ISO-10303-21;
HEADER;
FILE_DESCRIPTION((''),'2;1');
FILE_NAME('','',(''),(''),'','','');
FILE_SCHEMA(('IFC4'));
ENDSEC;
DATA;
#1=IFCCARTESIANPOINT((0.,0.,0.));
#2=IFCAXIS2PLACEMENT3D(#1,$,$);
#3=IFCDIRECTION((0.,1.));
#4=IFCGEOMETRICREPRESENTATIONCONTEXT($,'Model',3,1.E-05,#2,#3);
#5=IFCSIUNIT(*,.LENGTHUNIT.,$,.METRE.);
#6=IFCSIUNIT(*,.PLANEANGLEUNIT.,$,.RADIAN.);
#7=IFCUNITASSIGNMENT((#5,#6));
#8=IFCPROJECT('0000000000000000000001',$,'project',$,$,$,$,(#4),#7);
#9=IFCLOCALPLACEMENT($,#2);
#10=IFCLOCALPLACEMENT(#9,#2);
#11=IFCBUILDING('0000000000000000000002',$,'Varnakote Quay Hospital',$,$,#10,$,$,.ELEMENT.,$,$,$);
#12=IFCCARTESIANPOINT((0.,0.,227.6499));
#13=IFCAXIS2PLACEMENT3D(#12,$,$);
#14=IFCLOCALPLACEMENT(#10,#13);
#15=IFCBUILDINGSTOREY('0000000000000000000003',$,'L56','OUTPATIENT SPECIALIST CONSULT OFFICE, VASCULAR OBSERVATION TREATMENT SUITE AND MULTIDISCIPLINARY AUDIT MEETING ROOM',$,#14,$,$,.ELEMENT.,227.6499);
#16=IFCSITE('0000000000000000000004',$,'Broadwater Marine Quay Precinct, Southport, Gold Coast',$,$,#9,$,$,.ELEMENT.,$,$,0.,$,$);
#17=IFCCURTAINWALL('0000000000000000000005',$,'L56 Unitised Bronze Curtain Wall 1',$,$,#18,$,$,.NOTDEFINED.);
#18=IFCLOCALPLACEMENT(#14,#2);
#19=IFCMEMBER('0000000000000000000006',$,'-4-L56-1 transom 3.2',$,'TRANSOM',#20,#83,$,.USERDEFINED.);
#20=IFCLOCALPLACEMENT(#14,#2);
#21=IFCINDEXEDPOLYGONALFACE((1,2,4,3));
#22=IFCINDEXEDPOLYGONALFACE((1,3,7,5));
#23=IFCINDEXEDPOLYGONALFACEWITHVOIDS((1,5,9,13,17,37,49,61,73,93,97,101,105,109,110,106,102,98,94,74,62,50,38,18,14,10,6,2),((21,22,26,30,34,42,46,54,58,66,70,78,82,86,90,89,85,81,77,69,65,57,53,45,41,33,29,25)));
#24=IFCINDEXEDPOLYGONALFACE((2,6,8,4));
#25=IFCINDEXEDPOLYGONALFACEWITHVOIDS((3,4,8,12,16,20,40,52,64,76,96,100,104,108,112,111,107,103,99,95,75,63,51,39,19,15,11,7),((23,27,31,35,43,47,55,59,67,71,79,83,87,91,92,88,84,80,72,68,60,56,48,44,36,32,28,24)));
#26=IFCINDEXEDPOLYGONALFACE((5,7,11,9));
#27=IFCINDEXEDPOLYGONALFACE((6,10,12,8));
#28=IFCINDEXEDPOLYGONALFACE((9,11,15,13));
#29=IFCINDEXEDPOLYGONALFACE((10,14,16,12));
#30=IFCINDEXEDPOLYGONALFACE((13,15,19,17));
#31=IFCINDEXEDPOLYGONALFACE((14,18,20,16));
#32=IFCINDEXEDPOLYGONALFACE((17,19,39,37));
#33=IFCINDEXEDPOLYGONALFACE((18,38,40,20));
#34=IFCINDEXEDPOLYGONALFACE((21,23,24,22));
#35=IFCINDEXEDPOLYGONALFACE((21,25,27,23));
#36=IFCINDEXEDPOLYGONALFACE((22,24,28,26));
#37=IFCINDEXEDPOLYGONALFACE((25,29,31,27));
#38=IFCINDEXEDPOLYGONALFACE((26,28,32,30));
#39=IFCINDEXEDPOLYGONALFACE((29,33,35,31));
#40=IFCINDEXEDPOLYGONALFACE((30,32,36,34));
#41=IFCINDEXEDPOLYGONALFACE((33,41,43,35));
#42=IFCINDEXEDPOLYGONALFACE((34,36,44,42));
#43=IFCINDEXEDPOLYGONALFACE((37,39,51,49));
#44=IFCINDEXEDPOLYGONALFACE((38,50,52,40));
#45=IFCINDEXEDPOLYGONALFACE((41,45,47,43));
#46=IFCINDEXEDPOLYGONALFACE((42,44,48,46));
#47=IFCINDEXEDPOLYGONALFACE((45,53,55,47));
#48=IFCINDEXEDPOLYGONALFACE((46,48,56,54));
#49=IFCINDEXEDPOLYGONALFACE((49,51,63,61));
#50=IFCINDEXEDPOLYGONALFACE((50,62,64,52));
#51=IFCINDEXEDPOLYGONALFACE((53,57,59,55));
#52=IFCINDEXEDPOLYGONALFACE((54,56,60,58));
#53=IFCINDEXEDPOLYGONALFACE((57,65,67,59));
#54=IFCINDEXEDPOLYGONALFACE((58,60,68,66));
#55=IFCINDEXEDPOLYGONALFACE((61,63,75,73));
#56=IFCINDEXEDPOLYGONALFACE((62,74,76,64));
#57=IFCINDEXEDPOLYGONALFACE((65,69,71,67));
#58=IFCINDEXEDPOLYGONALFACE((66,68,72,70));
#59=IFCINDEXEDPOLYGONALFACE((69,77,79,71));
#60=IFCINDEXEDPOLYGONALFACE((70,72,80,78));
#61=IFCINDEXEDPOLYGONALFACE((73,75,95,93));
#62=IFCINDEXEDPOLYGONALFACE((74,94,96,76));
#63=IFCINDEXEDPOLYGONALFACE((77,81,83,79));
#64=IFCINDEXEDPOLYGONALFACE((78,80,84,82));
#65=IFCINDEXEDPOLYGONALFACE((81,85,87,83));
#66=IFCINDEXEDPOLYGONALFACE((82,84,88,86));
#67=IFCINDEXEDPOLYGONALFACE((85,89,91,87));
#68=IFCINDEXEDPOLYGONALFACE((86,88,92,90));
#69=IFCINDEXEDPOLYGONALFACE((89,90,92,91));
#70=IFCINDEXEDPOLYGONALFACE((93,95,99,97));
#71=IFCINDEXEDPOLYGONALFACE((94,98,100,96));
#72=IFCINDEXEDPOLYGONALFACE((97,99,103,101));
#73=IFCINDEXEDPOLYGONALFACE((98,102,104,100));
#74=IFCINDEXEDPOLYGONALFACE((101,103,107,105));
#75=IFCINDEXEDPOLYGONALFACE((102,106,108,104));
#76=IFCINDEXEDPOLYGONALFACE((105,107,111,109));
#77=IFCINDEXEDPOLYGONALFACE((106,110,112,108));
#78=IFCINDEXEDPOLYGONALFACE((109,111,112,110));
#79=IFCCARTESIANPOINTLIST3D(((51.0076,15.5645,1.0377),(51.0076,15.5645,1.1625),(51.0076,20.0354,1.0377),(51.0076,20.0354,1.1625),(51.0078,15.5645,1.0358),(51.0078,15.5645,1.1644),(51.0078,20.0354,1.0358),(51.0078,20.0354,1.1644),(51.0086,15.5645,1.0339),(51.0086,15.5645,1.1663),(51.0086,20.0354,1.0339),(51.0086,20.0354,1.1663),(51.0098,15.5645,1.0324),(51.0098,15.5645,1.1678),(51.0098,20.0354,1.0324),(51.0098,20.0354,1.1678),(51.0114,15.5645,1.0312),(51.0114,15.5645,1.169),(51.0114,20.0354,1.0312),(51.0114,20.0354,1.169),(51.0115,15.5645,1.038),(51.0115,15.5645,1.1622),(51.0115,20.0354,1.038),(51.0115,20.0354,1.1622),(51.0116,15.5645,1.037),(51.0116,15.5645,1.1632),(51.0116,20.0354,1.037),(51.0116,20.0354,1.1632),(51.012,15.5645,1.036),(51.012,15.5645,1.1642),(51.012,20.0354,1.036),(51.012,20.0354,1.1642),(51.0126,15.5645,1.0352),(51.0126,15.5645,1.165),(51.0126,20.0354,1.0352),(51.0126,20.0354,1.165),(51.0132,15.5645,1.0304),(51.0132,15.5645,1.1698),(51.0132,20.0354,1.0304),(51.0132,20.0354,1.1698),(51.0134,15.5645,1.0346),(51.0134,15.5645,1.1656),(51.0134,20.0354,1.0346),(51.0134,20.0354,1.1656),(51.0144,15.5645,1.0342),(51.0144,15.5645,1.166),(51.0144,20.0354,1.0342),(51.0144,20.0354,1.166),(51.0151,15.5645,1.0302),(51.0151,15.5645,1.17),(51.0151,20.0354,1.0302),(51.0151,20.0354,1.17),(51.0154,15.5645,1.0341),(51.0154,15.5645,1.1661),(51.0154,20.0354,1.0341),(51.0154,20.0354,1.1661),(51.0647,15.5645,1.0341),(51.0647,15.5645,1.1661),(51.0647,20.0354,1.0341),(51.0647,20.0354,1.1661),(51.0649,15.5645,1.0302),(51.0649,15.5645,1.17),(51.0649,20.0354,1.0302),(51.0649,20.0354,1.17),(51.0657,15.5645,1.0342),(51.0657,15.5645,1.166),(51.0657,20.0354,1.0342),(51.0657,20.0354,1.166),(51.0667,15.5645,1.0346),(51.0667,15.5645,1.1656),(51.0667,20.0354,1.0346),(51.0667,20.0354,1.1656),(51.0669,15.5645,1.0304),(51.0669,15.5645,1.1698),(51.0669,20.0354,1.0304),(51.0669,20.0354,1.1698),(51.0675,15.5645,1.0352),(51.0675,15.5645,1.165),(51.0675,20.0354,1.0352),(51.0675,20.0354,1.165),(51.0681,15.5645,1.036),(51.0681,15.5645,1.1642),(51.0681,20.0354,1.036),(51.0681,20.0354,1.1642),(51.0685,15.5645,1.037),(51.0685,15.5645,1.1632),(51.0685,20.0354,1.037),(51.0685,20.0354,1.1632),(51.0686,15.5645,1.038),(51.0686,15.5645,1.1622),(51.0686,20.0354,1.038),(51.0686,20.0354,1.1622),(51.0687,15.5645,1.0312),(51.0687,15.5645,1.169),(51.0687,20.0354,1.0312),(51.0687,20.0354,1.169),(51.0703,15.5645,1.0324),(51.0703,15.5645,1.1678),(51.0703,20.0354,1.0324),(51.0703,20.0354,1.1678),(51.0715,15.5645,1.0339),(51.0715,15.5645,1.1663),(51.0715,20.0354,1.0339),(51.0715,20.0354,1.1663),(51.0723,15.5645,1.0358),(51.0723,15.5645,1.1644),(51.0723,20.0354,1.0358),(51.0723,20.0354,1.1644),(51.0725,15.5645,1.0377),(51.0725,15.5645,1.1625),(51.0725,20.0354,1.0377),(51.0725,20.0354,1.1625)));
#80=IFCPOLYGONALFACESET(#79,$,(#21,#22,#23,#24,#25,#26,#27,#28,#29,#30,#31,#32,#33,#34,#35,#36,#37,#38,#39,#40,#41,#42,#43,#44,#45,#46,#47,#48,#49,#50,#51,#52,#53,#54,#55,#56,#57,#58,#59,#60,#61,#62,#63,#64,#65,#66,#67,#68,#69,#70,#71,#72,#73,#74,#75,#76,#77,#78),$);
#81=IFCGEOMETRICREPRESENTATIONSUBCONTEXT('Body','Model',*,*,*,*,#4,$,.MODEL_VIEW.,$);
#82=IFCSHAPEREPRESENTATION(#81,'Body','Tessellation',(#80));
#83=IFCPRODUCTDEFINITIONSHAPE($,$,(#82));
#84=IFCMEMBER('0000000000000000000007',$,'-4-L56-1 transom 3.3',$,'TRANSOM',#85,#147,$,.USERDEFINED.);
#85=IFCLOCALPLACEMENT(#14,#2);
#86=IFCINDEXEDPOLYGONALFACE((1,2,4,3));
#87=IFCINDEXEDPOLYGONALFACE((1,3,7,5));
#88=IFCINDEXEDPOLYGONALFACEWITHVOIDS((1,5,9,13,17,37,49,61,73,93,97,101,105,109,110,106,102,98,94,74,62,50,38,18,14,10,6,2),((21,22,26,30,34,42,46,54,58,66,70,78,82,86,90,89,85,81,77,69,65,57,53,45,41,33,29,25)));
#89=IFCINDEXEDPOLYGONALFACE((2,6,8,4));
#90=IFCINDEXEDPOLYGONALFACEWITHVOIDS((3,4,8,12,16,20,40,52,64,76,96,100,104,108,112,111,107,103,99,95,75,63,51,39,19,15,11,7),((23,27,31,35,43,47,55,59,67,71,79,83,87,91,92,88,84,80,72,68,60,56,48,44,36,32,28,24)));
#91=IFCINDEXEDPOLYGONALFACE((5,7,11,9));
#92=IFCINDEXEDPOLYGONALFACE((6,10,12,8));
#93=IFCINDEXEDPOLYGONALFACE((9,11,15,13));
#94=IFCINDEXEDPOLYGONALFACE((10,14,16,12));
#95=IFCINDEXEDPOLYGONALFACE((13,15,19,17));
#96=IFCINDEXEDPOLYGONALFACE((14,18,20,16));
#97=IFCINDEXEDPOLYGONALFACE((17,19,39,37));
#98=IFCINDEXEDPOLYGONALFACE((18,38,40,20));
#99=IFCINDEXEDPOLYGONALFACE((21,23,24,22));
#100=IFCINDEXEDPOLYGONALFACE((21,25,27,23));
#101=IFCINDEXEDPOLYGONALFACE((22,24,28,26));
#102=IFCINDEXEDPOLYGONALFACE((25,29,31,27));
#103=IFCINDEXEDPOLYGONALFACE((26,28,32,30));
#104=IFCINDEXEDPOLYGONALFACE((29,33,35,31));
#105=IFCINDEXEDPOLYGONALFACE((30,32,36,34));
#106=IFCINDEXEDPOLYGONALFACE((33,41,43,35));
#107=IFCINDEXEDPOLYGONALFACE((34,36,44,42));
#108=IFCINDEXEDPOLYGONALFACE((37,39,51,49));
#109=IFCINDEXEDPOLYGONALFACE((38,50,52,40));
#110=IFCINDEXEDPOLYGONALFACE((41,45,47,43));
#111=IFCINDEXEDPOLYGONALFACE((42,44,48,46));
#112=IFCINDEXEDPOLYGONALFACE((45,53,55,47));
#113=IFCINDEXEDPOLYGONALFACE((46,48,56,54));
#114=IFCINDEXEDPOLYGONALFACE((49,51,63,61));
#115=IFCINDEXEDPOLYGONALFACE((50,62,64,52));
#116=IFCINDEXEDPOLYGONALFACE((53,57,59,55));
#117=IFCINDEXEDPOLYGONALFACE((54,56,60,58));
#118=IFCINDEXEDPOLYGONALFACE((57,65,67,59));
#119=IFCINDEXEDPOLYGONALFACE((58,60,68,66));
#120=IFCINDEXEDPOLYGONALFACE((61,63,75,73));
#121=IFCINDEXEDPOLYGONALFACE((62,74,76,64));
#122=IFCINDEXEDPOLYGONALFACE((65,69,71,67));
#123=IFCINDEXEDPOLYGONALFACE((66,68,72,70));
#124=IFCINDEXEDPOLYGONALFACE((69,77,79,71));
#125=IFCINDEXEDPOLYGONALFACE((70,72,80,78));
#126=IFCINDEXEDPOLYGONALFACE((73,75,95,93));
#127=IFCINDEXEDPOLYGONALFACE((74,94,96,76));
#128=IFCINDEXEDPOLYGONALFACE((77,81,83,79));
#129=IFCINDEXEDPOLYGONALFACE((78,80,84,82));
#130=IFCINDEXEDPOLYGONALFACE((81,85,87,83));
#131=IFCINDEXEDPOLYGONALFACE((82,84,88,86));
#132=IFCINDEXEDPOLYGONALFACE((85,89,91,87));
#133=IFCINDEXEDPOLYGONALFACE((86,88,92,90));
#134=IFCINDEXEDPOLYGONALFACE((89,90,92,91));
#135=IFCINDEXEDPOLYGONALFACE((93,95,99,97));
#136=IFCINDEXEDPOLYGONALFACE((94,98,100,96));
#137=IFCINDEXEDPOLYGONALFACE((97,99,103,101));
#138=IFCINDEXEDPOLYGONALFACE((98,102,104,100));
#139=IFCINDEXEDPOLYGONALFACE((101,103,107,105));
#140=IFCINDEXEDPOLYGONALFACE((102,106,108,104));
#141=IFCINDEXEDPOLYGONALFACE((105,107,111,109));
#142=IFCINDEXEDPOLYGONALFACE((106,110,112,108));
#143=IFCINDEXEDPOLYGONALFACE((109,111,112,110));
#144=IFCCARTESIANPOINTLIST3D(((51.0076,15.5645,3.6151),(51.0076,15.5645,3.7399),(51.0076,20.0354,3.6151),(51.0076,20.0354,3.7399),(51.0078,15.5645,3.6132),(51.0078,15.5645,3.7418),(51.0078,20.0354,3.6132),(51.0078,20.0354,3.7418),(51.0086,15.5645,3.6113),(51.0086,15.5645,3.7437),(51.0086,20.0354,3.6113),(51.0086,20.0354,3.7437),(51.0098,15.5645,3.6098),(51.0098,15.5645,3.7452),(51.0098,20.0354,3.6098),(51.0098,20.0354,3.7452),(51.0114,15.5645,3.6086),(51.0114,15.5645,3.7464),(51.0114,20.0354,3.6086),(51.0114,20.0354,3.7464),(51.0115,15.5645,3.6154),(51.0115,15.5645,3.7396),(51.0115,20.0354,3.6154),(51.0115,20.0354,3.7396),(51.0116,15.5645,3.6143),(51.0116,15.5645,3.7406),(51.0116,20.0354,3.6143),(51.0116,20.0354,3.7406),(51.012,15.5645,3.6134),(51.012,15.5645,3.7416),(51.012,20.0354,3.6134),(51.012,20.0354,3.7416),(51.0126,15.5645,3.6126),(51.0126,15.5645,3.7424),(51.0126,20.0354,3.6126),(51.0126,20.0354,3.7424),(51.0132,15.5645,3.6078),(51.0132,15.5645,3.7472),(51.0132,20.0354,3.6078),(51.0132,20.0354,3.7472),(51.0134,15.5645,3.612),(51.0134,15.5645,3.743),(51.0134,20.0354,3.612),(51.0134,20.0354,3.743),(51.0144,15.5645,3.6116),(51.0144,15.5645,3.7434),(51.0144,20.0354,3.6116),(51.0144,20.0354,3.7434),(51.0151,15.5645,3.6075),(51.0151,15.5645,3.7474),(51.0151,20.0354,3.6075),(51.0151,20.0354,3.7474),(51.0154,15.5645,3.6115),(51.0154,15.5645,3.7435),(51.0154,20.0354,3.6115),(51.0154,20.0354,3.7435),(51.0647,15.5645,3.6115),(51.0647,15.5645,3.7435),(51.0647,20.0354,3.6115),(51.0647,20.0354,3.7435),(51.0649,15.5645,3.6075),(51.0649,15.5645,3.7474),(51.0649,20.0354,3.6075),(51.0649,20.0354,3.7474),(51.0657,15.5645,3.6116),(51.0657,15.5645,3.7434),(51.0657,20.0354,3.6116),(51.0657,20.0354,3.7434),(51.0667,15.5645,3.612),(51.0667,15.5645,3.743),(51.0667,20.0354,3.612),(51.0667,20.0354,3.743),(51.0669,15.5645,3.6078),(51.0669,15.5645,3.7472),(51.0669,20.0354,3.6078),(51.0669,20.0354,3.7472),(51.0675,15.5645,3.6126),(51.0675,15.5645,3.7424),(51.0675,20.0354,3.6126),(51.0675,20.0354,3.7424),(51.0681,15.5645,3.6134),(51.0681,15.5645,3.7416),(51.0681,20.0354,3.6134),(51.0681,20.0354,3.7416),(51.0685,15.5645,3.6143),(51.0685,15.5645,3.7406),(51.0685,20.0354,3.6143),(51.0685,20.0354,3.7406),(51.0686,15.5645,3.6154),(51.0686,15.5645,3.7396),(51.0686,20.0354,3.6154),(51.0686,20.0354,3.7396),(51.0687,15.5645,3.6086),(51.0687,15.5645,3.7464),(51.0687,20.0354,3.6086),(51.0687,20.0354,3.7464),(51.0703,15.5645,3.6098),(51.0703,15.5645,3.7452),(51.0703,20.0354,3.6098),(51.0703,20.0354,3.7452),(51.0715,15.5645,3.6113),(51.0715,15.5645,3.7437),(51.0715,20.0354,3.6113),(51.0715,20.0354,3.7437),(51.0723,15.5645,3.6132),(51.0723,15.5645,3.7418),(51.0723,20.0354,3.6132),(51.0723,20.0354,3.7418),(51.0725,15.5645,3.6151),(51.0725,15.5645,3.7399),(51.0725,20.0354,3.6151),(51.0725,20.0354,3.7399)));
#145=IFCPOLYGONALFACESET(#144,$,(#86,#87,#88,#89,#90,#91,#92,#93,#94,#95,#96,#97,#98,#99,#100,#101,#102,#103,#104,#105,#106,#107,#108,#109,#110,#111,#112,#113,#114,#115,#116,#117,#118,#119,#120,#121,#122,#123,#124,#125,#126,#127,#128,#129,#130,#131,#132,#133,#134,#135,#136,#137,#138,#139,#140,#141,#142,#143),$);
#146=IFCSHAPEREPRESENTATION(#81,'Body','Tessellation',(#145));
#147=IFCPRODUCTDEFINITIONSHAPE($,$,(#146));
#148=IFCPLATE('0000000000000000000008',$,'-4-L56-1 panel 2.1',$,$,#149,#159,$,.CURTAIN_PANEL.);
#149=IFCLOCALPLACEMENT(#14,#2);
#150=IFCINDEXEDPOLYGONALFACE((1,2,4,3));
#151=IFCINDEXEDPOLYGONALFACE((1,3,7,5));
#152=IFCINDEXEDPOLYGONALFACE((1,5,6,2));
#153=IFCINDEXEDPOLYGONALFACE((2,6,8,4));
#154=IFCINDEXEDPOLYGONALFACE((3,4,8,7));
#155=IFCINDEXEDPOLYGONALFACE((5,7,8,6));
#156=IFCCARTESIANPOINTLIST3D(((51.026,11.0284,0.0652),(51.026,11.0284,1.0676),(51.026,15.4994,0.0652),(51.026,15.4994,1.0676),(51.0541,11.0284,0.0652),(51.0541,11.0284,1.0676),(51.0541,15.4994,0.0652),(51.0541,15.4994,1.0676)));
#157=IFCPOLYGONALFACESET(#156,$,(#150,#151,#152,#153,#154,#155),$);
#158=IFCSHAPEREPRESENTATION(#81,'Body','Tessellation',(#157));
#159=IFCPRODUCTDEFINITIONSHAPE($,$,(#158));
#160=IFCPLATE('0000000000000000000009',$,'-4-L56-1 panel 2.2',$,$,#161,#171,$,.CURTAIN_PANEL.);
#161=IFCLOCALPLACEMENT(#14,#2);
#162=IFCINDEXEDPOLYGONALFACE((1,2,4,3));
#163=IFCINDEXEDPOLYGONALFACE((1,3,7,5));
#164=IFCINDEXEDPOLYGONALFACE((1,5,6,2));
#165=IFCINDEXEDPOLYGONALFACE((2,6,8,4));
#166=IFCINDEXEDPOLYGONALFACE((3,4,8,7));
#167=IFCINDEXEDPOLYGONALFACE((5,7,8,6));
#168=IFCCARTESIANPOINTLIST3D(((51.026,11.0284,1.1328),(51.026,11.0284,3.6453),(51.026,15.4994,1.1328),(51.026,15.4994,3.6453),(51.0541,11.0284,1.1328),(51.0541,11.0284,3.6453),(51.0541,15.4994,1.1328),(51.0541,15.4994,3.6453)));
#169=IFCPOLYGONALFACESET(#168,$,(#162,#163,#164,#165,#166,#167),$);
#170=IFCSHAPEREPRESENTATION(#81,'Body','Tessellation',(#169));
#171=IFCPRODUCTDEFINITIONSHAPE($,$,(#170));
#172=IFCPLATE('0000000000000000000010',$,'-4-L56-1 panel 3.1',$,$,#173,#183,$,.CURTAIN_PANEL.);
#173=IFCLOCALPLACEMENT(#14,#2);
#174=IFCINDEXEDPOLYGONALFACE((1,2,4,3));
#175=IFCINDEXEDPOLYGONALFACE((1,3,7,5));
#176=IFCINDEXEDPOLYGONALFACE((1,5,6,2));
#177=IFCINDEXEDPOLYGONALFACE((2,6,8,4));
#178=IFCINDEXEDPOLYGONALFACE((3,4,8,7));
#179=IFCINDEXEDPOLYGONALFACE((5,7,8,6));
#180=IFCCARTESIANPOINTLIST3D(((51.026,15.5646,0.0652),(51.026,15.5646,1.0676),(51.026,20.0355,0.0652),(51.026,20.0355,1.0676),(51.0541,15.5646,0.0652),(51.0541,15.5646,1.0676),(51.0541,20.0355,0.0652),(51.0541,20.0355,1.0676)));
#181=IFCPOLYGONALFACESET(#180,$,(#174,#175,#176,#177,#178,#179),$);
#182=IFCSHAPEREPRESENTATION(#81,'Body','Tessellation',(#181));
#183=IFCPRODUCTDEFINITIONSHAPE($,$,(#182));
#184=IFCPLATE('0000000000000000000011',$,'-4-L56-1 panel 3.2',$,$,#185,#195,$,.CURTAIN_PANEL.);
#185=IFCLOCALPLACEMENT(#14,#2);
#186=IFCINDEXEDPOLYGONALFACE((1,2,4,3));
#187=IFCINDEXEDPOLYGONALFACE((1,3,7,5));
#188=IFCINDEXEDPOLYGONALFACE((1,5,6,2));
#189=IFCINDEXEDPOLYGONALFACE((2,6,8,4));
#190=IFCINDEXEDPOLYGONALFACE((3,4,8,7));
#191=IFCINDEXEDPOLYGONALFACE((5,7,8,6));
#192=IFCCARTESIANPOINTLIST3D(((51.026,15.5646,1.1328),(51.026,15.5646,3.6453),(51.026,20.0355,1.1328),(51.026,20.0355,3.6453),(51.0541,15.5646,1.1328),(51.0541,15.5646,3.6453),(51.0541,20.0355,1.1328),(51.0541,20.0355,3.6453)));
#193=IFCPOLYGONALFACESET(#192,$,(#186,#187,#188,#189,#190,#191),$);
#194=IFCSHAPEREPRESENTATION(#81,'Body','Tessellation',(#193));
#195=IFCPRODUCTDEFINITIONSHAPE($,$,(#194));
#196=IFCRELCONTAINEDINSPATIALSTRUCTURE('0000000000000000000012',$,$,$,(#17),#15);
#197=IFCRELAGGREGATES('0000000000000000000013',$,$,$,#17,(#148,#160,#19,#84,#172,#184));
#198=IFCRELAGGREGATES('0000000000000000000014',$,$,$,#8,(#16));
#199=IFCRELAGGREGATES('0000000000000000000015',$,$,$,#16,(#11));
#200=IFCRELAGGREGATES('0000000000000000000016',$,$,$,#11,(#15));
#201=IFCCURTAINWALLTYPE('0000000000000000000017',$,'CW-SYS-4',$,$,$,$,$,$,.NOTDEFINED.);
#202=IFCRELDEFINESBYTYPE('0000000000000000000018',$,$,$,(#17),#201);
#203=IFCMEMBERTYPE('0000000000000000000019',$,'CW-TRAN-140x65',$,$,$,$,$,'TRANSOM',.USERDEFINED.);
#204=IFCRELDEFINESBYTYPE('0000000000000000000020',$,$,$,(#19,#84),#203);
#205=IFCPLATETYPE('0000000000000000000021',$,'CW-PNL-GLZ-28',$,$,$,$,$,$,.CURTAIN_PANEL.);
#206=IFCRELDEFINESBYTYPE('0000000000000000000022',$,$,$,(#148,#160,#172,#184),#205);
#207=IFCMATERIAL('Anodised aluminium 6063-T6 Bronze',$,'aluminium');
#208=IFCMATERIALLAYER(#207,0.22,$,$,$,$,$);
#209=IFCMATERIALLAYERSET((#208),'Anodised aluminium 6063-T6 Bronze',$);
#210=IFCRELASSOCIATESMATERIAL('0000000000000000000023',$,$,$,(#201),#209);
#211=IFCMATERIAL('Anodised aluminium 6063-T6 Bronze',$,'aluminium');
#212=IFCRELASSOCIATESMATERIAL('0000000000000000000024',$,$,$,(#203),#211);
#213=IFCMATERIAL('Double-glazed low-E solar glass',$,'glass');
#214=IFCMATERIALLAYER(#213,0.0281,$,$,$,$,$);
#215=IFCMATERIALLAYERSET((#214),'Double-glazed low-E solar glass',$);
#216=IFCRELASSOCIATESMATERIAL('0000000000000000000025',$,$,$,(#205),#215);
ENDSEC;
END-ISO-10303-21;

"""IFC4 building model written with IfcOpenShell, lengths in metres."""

from ifc_helpers import new_model, si_unit, direction, frame, origin, origin_2d, place, context, subcontext, project, spatial, rectangle, hollow_rectangle, extrude, material, layer, layer_set, material_profile, profile_set, type_object, element, aggregate, save


model = new_model("IFC4")

# Units and contexts
model_context = context("Model", 3, precision=1e-05, world=origin(), true_north=direction((0.0, 1.0)))
body_context = subcontext(model_context, "Body", "Model", "MODEL_VIEW")
ifc_project = project(units=[si_unit("LENGTHUNIT", "METRE"), si_unit("PLANEANGLEUNIT", "RADIAN")], contexts=[model_context])

# Site, building, storey
site_placement = place(None, origin())
site = spatial("IfcSite", under=ifc_project, at=site_placement, Name="Broadwater Marine Quay Precinct, Southport, Gold Coast", CompositionType="ELEMENT", RefElevation=0.0)
building_placement = place(site_placement, origin())
building = spatial("IfcBuilding", under=site, at=building_placement, Name="Varnakote Quay Hospital", CompositionType="ELEMENT")
storey_placement = place(building_placement, frame((0.0, 0.0, 227.6499)))
storey = spatial("IfcBuildingStorey", under=building, at=storey_placement, Name="L56", Description="OUTPATIENT SPECIALIST CONSULT OFFICE, VASCULAR OBSERVATION TREATMENT SUITE AND MULTIDISCIPLINARY AUDIT MEETING ROOM", CompositionType="ELEMENT", Elevation=227.6499)

# Curtain wall, members, plates
ifc_material_1 = material(Name="Anodised aluminium 6063-T6 Bronze", Category="aluminium")
ifc_layer_1 = layer(ifc_material_1, 0.22)
ifc_layer_set_1 = layer_set([ifc_layer_1], Name="Anodised aluminium 6063-T6 Bronze")
curtain_wall_type = type_object("IfcCurtainWallType", Name="CW-SYS-4", PredefinedType="NOTDEFINED", material=ifc_layer_set_1)
curtain_wall_placement = place(storey_placement, origin())
curtain_wall = element("IfcCurtainWall", 1, at=curtain_wall_placement, inside=storey, type_object=curtain_wall_type, Name="L56 Unitised Bronze Curtain Wall 1", PredefinedType="NOTDEFINED")
ifc_material_2 = material(Name="Anodised aluminium 6063-T6 Bronze", Category="aluminium")
ifc_material_profile_1 = material_profile(ifc_material_2, hollow_rectangle(XDim=0.0649, YDim=0.1399, WallThickness=0.0039, InnerFilletRadius=0.0039, OuterFilletRadius=0.0076, at=origin_2d()), Name="CW-TRAN-140x65")
ifc_profile_set_1 = profile_set([ifc_material_profile_1], Name="Anodised aluminium 6063-T6 Bronze")
member_type_1 = type_object("IfcMemberType", Name="CW-TRAN-140x65", ElementType="TRANSOM", PredefinedType="USERDEFINED", material=ifc_profile_set_1)
member_1_placement = place(storey_placement, frame((51.04, 15.5645, 1.1001), z_axis=(0.0, 1.0, 0.0), x_axis=(-1.0, 0.0, 0.0)))
member_1 = element("IfcMember", 2, at=member_1_placement, type_object=member_type_1, Name="-4-L56-1 transom 3.2", ObjectType="TRANSOM", PredefinedType="USERDEFINED", context=body_context, shape_type="SweptSolid", body=[
    extrude(hollow_rectangle(XDim=0.0649, YDim=0.1399, WallThickness=0.0039, InnerFilletRadius=0.0039, OuterFilletRadius=0.0076, at=origin_2d()), origin(), (0.0, 0.0, 1.0), 4.4709),
])
member_2_placement = place(storey_placement, frame((51.04, 15.5645, 3.6775), z_axis=(0.0, 1.0, 0.0), x_axis=(-1.0, 0.0, 0.0)))
member_2 = element("IfcMember", 3, at=member_2_placement, type_object=member_type_1, Name="-4-L56-1 transom 3.3", ObjectType="TRANSOM", PredefinedType="USERDEFINED", context=body_context, shape_type="SweptSolid", body=[
    extrude(hollow_rectangle(XDim=0.0649, YDim=0.1399, WallThickness=0.0039, InnerFilletRadius=0.0039, OuterFilletRadius=0.0076, at=origin_2d()), origin(), (0.0, 0.0, 1.0), 4.4709),
])
ifc_material_3 = material(Name="Double-glazed low-E solar glass", Category="glass")
ifc_layer_2 = layer(ifc_material_3, 0.0281)
ifc_layer_set_2 = layer_set([ifc_layer_2], Name="Double-glazed low-E solar glass")
plate_type = type_object("IfcPlateType", Name="CW-PNL-GLZ-28", PredefinedType="CURTAIN_PANEL", material=ifc_layer_set_2)
plate_1_placement = place(storey_placement, frame((51.04, 13.2639, 0.0652), z_axis=(0.0, 0.0, 1.0), x_axis=(0.0, 1.0, 0.0)))
plate_1 = element("IfcPlate", 4, at=plate_1_placement, type_object=plate_type, Name="-4-L56-1 panel 2.1", PredefinedType="CURTAIN_PANEL", context=body_context, shape_type="SweptSolid", body=[
    extrude(rectangle(XDim=4.4709, YDim=0.0281, at=origin_2d()), origin(), (0.0, 0.0, 1.0), 1.0024),
])
plate_2_placement = place(storey_placement, frame((51.04, 13.2639, 1.1328), z_axis=(0.0, 0.0, 1.0), x_axis=(0.0, 1.0, 0.0)))
plate_2 = element("IfcPlate", 5, at=plate_2_placement, type_object=plate_type, Name="-4-L56-1 panel 2.2", PredefinedType="CURTAIN_PANEL", context=body_context, shape_type="SweptSolid", body=[
    extrude(rectangle(XDim=4.4709, YDim=0.0281, at=origin_2d()), origin(), (0.0, 0.0, 1.0), 2.5125),
])
plate_3_placement = place(storey_placement, frame((51.04, 17.8, 0.0652), z_axis=(0.0, 0.0, 1.0), x_axis=(0.0, 1.0, 0.0)))
plate_3 = element("IfcPlate", 6, at=plate_3_placement, type_object=plate_type, Name="-4-L56-1 panel 3.1", PredefinedType="CURTAIN_PANEL", context=body_context, shape_type="SweptSolid", body=[
    extrude(rectangle(XDim=4.4709, YDim=0.0281, at=origin_2d()), origin(), (0.0, 0.0, 1.0), 1.0024),
])
plate_4_placement = place(storey_placement, frame((51.04, 17.8, 1.1328), z_axis=(0.0, 0.0, 1.0), x_axis=(0.0, 1.0, 0.0)))
plate_4 = element("IfcPlate", 7, at=plate_4_placement, type_object=plate_type, Name="-4-L56-1 panel 3.2", PredefinedType="CURTAIN_PANEL", context=body_context, shape_type="SweptSolid", body=[
    extrude(rectangle(XDim=4.4709, YDim=0.0281, at=origin_2d()), origin(), (0.0, 0.0, 1.0), 2.5125),
])
aggregate(curtain_wall, [plate_1, plate_2, member_1, member_2, plate_3, plate_4])

save(model, "model.ifc")
